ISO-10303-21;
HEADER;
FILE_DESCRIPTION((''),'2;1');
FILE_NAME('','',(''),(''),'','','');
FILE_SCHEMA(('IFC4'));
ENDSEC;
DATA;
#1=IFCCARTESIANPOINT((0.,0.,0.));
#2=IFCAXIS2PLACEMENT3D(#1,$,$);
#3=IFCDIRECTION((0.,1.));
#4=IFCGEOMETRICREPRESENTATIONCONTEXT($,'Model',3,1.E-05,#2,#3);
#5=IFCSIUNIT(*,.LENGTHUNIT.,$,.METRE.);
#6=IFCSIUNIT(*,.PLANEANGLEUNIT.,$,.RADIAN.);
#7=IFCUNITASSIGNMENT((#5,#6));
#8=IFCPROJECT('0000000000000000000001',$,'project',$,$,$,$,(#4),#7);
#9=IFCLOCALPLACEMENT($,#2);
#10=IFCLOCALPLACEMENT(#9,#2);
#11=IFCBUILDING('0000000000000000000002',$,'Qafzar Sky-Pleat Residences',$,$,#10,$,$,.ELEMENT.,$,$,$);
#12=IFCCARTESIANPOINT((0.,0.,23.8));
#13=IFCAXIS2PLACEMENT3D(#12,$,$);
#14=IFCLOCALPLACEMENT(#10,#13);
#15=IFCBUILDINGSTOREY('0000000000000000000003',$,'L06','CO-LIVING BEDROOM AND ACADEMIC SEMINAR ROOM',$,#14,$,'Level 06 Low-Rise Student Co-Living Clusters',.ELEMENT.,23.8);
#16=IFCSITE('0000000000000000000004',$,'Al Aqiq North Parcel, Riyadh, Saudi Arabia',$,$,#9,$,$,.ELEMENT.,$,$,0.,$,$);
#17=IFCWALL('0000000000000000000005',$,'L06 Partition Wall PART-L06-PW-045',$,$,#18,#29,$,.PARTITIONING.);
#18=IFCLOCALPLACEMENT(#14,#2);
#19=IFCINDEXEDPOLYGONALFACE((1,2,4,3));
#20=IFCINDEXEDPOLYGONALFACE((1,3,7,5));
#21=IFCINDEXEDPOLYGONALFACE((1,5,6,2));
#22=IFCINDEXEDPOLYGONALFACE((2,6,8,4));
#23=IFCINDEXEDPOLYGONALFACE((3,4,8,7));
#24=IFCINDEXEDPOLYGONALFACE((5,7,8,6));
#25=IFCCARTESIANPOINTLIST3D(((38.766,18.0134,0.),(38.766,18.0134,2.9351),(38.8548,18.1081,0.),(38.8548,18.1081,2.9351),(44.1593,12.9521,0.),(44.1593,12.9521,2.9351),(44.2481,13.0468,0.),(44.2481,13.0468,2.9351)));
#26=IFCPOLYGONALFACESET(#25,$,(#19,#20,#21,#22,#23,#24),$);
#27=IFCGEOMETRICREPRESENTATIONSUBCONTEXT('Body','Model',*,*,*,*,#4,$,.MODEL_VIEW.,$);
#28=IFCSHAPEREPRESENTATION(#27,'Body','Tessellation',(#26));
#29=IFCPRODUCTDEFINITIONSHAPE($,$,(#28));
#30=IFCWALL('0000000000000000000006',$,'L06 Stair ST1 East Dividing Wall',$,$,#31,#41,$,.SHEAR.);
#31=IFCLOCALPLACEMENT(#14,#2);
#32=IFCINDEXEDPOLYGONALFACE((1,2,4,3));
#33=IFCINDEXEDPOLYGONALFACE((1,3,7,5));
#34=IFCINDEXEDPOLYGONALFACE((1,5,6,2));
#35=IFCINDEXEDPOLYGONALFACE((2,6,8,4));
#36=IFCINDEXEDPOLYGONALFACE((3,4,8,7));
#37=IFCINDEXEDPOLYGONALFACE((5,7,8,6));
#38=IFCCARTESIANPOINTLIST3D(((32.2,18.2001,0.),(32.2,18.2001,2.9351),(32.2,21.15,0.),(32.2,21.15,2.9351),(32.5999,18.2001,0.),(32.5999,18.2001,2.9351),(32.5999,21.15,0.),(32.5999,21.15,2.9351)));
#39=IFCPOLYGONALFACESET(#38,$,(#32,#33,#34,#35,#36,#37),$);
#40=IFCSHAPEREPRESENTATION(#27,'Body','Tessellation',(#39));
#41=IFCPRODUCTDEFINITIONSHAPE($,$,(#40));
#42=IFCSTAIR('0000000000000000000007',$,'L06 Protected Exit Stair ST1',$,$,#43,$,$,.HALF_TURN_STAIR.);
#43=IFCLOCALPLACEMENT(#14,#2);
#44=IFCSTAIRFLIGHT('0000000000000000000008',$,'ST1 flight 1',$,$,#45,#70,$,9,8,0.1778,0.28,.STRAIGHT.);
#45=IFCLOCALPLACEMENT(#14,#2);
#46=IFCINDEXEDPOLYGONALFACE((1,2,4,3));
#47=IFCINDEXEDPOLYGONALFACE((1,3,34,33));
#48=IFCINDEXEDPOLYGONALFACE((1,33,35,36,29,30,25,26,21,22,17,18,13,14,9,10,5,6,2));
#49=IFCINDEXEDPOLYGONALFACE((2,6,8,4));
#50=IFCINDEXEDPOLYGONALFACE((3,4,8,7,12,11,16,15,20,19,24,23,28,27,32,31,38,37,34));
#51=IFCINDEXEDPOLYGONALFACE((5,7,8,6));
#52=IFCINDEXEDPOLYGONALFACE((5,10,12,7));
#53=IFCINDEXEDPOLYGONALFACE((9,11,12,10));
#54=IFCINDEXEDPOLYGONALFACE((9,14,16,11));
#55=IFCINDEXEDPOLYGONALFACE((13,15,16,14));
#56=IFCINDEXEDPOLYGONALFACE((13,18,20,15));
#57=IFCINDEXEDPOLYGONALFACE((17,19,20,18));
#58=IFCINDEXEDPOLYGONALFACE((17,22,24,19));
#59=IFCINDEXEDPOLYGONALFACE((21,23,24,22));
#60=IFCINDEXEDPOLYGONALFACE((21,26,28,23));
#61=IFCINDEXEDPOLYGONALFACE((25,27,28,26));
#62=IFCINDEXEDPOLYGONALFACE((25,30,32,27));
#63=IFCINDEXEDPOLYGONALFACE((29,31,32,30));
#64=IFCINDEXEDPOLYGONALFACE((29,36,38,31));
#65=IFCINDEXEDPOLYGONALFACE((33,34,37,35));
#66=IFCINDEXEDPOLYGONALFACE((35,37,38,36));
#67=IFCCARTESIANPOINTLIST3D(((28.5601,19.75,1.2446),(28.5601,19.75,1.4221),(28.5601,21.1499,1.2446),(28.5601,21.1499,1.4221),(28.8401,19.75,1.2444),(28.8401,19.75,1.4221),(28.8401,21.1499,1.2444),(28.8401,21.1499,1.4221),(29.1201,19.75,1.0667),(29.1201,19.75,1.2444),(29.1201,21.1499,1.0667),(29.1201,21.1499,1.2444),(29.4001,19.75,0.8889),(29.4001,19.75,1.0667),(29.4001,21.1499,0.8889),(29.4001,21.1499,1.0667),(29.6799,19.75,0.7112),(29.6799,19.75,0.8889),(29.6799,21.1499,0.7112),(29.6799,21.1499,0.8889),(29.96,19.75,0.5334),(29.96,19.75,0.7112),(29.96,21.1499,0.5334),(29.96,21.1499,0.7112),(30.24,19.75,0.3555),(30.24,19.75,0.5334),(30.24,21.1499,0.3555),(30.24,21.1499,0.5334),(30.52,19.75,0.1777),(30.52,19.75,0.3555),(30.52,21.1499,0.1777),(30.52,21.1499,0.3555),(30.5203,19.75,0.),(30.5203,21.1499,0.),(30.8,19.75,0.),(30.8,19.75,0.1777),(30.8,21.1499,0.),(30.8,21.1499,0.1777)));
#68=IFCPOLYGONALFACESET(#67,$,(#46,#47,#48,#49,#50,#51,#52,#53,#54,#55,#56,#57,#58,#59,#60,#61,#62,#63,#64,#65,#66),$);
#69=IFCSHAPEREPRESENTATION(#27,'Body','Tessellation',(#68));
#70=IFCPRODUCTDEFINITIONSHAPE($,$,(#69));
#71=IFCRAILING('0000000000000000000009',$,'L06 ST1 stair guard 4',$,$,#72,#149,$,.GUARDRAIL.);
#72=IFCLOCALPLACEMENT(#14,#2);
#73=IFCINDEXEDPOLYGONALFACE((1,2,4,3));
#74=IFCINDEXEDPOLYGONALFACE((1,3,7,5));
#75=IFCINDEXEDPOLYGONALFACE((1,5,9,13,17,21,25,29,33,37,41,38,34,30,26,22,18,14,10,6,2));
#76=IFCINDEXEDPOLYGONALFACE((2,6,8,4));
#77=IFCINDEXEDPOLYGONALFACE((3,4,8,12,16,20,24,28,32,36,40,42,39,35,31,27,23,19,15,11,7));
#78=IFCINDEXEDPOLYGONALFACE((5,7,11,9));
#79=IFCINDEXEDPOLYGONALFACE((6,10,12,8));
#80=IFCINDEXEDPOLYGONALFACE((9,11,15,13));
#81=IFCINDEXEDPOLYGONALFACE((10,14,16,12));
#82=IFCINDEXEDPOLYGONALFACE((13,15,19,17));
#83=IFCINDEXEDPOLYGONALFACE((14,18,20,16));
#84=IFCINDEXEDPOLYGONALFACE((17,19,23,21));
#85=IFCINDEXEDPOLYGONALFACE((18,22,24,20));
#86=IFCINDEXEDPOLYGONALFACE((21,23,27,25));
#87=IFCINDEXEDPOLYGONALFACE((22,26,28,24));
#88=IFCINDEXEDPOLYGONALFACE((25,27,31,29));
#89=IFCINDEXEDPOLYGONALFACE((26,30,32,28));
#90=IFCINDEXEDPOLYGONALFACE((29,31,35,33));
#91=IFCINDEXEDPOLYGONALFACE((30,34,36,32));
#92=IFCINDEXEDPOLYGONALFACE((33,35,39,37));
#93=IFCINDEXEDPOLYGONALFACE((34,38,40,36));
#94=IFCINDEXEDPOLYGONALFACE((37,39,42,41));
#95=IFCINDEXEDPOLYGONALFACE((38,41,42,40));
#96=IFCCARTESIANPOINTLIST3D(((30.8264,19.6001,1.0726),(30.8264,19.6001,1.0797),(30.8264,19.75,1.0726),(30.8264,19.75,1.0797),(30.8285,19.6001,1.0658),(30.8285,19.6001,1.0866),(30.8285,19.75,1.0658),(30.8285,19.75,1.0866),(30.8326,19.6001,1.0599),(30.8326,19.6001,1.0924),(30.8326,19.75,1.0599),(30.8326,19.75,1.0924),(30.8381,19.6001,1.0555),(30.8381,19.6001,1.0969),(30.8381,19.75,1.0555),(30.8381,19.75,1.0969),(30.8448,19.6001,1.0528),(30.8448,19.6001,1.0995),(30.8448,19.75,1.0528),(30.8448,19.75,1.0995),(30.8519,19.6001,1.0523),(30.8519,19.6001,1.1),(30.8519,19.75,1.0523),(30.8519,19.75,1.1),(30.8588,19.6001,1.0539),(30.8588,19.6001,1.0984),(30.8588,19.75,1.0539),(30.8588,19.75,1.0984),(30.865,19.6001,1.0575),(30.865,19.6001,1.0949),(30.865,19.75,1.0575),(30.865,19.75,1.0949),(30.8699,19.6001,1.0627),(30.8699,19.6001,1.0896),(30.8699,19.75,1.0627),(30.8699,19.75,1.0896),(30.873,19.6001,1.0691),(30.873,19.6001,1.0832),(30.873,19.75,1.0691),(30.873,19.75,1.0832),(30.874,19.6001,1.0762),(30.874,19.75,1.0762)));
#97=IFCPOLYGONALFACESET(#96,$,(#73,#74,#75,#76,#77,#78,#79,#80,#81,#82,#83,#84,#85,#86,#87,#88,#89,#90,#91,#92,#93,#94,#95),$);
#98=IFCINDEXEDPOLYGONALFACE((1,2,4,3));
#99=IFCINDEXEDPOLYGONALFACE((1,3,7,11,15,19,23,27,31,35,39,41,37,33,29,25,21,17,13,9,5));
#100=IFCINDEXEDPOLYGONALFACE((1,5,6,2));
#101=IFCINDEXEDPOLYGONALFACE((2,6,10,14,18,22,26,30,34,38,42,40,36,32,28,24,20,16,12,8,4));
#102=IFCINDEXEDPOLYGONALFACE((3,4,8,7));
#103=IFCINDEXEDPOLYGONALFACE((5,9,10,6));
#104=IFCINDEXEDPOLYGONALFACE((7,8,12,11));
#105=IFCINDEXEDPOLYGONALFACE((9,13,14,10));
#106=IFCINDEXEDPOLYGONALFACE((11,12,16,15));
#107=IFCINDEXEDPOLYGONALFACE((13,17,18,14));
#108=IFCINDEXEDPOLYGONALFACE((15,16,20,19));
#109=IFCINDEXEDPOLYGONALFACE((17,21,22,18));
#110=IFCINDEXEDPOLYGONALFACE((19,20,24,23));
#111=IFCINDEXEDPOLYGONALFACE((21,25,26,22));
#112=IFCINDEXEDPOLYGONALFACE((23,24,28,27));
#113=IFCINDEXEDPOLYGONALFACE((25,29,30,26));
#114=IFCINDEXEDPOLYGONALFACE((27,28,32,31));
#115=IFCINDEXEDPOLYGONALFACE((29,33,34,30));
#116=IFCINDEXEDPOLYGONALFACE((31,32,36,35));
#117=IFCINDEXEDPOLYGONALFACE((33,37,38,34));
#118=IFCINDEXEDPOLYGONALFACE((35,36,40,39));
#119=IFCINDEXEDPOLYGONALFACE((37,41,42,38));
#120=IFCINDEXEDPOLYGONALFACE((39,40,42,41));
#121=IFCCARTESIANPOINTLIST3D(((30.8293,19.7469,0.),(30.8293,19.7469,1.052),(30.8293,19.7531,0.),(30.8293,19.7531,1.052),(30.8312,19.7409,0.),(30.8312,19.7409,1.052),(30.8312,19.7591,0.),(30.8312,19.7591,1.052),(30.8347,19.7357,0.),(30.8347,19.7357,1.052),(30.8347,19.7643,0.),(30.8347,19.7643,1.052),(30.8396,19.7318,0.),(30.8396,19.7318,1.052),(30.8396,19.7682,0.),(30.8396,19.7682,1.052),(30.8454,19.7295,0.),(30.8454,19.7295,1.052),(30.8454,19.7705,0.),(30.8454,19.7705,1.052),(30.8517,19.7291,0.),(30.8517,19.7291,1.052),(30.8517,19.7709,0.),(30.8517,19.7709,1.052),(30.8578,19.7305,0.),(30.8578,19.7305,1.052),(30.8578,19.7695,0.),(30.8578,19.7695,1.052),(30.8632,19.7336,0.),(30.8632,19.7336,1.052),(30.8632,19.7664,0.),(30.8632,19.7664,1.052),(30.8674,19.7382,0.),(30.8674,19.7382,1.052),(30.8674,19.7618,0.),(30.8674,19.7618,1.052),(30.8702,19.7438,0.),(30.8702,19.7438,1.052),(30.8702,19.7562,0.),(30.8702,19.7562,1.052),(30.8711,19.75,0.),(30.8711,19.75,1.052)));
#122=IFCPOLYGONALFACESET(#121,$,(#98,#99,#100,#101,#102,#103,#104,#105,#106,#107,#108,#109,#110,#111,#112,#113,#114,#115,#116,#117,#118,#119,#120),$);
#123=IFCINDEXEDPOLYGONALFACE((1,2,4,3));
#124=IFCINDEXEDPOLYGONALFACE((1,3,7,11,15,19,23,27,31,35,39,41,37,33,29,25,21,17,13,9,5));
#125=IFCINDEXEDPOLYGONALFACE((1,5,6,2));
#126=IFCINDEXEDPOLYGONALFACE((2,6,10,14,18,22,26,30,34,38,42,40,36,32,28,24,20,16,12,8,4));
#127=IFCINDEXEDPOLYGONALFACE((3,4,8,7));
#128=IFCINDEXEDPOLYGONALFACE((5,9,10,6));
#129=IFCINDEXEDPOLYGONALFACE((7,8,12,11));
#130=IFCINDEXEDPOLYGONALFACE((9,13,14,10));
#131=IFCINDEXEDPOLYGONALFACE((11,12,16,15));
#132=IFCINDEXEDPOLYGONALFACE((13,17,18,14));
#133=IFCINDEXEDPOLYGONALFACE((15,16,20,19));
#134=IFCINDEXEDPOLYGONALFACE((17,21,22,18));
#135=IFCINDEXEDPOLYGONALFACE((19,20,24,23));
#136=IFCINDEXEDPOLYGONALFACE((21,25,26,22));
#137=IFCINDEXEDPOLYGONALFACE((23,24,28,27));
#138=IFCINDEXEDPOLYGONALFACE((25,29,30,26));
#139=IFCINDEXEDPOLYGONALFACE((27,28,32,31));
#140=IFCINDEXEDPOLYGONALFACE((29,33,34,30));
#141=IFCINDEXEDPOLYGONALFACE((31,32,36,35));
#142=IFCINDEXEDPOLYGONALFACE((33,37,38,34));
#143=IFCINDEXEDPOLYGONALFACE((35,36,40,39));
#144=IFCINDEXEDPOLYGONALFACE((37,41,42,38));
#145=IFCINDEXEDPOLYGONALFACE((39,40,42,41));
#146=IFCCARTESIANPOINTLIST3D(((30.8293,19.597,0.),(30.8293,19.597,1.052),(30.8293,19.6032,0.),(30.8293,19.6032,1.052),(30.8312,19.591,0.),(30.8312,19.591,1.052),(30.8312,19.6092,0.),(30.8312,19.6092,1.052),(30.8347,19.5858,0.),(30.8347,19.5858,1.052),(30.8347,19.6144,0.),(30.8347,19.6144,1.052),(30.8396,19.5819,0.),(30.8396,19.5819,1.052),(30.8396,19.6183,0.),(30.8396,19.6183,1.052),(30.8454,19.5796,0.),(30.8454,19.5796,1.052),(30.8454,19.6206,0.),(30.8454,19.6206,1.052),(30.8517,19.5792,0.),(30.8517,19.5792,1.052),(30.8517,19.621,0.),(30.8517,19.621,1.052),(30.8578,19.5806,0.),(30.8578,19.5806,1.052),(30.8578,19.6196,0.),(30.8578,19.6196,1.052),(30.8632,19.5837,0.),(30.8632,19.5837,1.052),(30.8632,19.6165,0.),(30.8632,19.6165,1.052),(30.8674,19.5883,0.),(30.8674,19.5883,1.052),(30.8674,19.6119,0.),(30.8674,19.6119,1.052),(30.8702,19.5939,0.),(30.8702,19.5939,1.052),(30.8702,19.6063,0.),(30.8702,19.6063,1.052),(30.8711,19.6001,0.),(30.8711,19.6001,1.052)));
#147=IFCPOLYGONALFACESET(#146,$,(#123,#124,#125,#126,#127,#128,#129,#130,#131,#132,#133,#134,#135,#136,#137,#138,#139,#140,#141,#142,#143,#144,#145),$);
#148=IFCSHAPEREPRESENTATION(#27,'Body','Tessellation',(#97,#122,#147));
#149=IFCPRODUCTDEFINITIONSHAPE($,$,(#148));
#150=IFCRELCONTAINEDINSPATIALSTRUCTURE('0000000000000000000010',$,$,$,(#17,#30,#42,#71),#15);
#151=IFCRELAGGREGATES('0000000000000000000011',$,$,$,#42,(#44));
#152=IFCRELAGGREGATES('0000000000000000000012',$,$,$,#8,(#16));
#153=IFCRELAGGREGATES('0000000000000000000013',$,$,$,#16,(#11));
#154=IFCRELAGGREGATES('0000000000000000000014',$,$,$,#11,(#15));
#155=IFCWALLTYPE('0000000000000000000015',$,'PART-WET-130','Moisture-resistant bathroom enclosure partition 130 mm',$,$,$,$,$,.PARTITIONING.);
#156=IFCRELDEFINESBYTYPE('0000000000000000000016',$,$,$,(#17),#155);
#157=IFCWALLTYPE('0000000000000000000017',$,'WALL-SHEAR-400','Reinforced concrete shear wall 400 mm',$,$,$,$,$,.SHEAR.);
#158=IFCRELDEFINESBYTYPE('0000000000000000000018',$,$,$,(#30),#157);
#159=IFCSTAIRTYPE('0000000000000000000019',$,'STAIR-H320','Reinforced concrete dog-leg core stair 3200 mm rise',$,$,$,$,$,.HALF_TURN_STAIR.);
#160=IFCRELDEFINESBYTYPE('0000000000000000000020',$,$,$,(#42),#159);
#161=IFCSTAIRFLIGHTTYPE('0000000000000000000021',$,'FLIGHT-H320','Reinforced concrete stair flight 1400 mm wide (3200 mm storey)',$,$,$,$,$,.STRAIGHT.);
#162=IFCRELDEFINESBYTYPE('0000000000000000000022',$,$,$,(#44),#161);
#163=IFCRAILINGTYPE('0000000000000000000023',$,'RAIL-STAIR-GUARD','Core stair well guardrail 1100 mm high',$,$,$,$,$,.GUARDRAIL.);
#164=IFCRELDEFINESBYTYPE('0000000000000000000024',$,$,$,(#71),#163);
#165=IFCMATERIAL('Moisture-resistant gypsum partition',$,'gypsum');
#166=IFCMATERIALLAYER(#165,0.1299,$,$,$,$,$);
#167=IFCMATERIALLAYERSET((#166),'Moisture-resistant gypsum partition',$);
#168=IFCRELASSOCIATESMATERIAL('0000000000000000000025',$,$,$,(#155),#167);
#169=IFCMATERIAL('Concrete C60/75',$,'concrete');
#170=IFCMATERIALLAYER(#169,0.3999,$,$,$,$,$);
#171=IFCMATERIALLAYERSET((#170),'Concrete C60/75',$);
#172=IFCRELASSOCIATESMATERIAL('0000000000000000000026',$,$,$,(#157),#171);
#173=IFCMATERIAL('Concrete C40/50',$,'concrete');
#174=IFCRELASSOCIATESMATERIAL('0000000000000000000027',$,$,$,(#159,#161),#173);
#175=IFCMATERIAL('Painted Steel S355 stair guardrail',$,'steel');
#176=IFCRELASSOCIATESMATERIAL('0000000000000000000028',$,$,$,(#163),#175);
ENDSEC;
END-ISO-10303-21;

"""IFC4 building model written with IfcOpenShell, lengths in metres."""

from ifc_helpers import new_model, si_unit, direction, frame, frame_2d, origin, origin_2d, place, context, subcontext, project, spatial, polyline, rectangle, circle, outline, extrude, source, transform, mapped, material, layer, layer_set, type_object, element, aggregate, save


model = new_model("IFC4")

# Units and contexts
model_context = context("Model", 3, precision=1e-05, world=origin(), true_north=direction((0.0, 1.0)))
body_context = subcontext(model_context, "Body", "Model", "MODEL_VIEW")
ifc_project = project(units=[si_unit("LENGTHUNIT", "METRE"), si_unit("PLANEANGLEUNIT", "RADIAN")], contexts=[model_context])

# Site, building, storey
site_placement = place(None, origin())
site = spatial("IfcSite", under=ifc_project, at=site_placement, Name="Al Aqiq North Parcel, Riyadh, Saudi Arabia", CompositionType="ELEMENT", RefElevation=0.0)
building_placement = place(site_placement, origin())
building = spatial("IfcBuilding", under=site, at=building_placement, Name="Qafzar Sky-Pleat Residences", CompositionType="ELEMENT")
storey_placement = place(building_placement, frame((0.0, 0.0, 23.8)))
storey = spatial("IfcBuildingStorey", under=building, at=storey_placement, Name="L06", Description="CO-LIVING BEDROOM AND ACADEMIC SEMINAR ROOM", LongName="Level 06 Low-Rise Student Co-Living Clusters", CompositionType="ELEMENT", Elevation=23.8)

# Walls
ifc_material_1 = material(Name="Moisture-resistant gypsum partition", Category="gypsum")
ifc_layer_1 = layer(ifc_material_1, 0.1299)
ifc_layer_set_1 = layer_set([ifc_layer_1], Name="Moisture-resistant gypsum partition")
wall_type_1 = type_object("IfcWallType", Name="PART-WET-130", Description="Moisture-resistant bathroom enclosure partition 130 mm", PredefinedType="PARTITIONING", material=ifc_layer_set_1)
wall_1_placement = place(storey_placement, frame((38.8103, 18.0608, 0.0), z_axis=(0.0, 0.0, 1.0), x_axis=(0.729196, -0.684304, 0.0)))
element("IfcWall", 1, at=wall_1_placement, inside=storey, type_object=wall_type_1, Name="L06 Partition Wall PART-L06-PW-045", PredefinedType="PARTITIONING", context=body_context, shape_type="SweptSolid", body=[
    extrude(rectangle(XDim=7.3962, YDim=0.1299, at=frame_2d((3.6982, 0.0))), origin(), (0.0, 0.0, 1.0), 2.9351),
])
ifc_material_2 = material(Name="Concrete C60/75", Category="concrete")
ifc_layer_2 = layer(ifc_material_2, 0.3999)
ifc_layer_set_2 = layer_set([ifc_layer_2], Name="Concrete C60/75")
wall_type_2 = type_object("IfcWallType", Name="WALL-SHEAR-400", Description="Reinforced concrete shear wall 400 mm", PredefinedType="SHEAR", material=ifc_layer_set_2)
wall_2_placement = place(storey_placement, frame((32.3999, 18.2, 0.0), z_axis=(0.0, 0.0, 1.0), x_axis=(0.0, 1.0, 0.0)))
element("IfcWall", 2, at=wall_2_placement, inside=storey, type_object=wall_type_2, Name="L06 Stair ST1 East Dividing Wall", PredefinedType="SHEAR", context=body_context, shape_type="SweptSolid", body=[
    extrude(rectangle(XDim=2.95, YDim=0.3999, at=frame_2d((1.4751, 0.0))), origin(), (0.0, 0.0, 1.0), 2.9351),
])

# Stair, stair flight
ifc_material_3 = material(Name="Concrete C40/50", Category="concrete")
stair_type = type_object("IfcStairType", Name="STAIR-H320", Description="Reinforced concrete dog-leg core stair 3200 mm rise", PredefinedType="HALF_TURN_STAIR", material=ifc_material_3)
stair_placement = place(storey_placement, origin())
stair = element("IfcStair", 3, at=stair_placement, inside=storey, type_object=stair_type, Name="L06 Protected Exit Stair ST1", PredefinedType="HALF_TURN_STAIR")
stair_flight_type = type_object("IfcStairFlightType", Name="FLIGHT-H320", Description="Reinforced concrete stair flight 1400 mm wide (3200 mm storey)", PredefinedType="STRAIGHT", material=ifc_material_3)
shared_shape_1 = source(origin(), body_context, "Body", "SweptSolid", [
    extrude(outline(polyline([(0.0, 0.0), (0.0, 0.1777), (0.28, 0.1777), (0.28, 0.3555), (0.5601, 0.3555), (0.5601, 0.5334), (0.8401, 0.5334), (0.8401, 0.7112), (1.1201, 0.7112), (1.1201, 0.8889), (1.3999, 0.8889), (1.3999, 1.0667), (1.6799, 1.0667), (1.6799, 1.2444), (1.96, 1.2444), (1.96, 1.4221), (2.24, 1.4221), (2.24, 1.6001), (2.24, 1.2446), (0.2798, 0.0), (0.0, 0.0)])), frame((0.0, 0.7, 0.0), z_axis=(0.0, -1.0, 0.0), x_axis=(1.0, 0.0, 0.0)), (0.0, 0.0, 1.0), 1.3999),
])
stair_flight_placement = place(storey_placement, frame((30.8, 20.45, 0.0), z_axis=(0.0, 0.0, 1.0), x_axis=(-1.0, 0.0, 0.0)))
stair_flight = element("IfcStairFlight", 4, at=stair_flight_placement, type_object=stair_flight_type, Name="ST1 flight 1", NumberOfRisers=9, NumberOfTreads=8, PredefinedType="STRAIGHT", RiserHeight=0.1778, TreadLength=0.28, context=body_context, shape_type="MappedRepresentation", body=[
    mapped(shared_shape_1, transform((0.0, 0.0, 0.0), x_axis=(1.0, 0.0, 0.0), y_axis=(0.0, 1.0, 0.0), z_axis=(0.0, 0.0, 1.0), scale=1.0)),
])
aggregate(stair, [stair_flight])

# Railing
ifc_material_4 = material(Name="Painted Steel S355 stair guardrail", Category="steel")
railing_type_1 = type_object("IfcRailingType", Name="RAIL-STAIR-GUARD", Description="Core stair well guardrail 1100 mm high", PredefinedType="GUARDRAIL", material=ifc_material_4)
shared_shape_2 = source(origin(), body_context, "Body", "SweptSolid", [
    extrude(circle(Radius=0.0239, at=origin_2d()), frame((0.0, 0.0, 1.0762), z_axis=(0.0, -1.0, 0.0), x_axis=(1.0, 0.0, 0.0)), (0.0, 0.0, 1.0), 0.1499),
    extrude(circle(Radius=0.021, at=origin_2d()), origin(), (0.0, 0.0, 1.0), 1.052),
    extrude(circle(Radius=0.021, at=origin_2d()), frame((0.0, -0.1499, 0.0)), (0.0, 0.0, 1.0), 1.052),
])
railing_1_placement = place(storey_placement, frame((30.8501, 19.75, 0.0)))
element("IfcRailing", 5, at=railing_1_placement, inside=storey, type_object=railing_type_1, Name="L06 ST1 stair guard 4", PredefinedType="GUARDRAIL", context=body_context, shape_type="MappedRepresentation", body=[
    mapped(shared_shape_2, transform((0.0, 0.0, 0.0), x_axis=(1.0, 0.0, 0.0), y_axis=(0.0, 1.0, 0.0), z_axis=(0.0, 0.0, 1.0), scale=1.0)),
])

save(model, "model.ifc")
